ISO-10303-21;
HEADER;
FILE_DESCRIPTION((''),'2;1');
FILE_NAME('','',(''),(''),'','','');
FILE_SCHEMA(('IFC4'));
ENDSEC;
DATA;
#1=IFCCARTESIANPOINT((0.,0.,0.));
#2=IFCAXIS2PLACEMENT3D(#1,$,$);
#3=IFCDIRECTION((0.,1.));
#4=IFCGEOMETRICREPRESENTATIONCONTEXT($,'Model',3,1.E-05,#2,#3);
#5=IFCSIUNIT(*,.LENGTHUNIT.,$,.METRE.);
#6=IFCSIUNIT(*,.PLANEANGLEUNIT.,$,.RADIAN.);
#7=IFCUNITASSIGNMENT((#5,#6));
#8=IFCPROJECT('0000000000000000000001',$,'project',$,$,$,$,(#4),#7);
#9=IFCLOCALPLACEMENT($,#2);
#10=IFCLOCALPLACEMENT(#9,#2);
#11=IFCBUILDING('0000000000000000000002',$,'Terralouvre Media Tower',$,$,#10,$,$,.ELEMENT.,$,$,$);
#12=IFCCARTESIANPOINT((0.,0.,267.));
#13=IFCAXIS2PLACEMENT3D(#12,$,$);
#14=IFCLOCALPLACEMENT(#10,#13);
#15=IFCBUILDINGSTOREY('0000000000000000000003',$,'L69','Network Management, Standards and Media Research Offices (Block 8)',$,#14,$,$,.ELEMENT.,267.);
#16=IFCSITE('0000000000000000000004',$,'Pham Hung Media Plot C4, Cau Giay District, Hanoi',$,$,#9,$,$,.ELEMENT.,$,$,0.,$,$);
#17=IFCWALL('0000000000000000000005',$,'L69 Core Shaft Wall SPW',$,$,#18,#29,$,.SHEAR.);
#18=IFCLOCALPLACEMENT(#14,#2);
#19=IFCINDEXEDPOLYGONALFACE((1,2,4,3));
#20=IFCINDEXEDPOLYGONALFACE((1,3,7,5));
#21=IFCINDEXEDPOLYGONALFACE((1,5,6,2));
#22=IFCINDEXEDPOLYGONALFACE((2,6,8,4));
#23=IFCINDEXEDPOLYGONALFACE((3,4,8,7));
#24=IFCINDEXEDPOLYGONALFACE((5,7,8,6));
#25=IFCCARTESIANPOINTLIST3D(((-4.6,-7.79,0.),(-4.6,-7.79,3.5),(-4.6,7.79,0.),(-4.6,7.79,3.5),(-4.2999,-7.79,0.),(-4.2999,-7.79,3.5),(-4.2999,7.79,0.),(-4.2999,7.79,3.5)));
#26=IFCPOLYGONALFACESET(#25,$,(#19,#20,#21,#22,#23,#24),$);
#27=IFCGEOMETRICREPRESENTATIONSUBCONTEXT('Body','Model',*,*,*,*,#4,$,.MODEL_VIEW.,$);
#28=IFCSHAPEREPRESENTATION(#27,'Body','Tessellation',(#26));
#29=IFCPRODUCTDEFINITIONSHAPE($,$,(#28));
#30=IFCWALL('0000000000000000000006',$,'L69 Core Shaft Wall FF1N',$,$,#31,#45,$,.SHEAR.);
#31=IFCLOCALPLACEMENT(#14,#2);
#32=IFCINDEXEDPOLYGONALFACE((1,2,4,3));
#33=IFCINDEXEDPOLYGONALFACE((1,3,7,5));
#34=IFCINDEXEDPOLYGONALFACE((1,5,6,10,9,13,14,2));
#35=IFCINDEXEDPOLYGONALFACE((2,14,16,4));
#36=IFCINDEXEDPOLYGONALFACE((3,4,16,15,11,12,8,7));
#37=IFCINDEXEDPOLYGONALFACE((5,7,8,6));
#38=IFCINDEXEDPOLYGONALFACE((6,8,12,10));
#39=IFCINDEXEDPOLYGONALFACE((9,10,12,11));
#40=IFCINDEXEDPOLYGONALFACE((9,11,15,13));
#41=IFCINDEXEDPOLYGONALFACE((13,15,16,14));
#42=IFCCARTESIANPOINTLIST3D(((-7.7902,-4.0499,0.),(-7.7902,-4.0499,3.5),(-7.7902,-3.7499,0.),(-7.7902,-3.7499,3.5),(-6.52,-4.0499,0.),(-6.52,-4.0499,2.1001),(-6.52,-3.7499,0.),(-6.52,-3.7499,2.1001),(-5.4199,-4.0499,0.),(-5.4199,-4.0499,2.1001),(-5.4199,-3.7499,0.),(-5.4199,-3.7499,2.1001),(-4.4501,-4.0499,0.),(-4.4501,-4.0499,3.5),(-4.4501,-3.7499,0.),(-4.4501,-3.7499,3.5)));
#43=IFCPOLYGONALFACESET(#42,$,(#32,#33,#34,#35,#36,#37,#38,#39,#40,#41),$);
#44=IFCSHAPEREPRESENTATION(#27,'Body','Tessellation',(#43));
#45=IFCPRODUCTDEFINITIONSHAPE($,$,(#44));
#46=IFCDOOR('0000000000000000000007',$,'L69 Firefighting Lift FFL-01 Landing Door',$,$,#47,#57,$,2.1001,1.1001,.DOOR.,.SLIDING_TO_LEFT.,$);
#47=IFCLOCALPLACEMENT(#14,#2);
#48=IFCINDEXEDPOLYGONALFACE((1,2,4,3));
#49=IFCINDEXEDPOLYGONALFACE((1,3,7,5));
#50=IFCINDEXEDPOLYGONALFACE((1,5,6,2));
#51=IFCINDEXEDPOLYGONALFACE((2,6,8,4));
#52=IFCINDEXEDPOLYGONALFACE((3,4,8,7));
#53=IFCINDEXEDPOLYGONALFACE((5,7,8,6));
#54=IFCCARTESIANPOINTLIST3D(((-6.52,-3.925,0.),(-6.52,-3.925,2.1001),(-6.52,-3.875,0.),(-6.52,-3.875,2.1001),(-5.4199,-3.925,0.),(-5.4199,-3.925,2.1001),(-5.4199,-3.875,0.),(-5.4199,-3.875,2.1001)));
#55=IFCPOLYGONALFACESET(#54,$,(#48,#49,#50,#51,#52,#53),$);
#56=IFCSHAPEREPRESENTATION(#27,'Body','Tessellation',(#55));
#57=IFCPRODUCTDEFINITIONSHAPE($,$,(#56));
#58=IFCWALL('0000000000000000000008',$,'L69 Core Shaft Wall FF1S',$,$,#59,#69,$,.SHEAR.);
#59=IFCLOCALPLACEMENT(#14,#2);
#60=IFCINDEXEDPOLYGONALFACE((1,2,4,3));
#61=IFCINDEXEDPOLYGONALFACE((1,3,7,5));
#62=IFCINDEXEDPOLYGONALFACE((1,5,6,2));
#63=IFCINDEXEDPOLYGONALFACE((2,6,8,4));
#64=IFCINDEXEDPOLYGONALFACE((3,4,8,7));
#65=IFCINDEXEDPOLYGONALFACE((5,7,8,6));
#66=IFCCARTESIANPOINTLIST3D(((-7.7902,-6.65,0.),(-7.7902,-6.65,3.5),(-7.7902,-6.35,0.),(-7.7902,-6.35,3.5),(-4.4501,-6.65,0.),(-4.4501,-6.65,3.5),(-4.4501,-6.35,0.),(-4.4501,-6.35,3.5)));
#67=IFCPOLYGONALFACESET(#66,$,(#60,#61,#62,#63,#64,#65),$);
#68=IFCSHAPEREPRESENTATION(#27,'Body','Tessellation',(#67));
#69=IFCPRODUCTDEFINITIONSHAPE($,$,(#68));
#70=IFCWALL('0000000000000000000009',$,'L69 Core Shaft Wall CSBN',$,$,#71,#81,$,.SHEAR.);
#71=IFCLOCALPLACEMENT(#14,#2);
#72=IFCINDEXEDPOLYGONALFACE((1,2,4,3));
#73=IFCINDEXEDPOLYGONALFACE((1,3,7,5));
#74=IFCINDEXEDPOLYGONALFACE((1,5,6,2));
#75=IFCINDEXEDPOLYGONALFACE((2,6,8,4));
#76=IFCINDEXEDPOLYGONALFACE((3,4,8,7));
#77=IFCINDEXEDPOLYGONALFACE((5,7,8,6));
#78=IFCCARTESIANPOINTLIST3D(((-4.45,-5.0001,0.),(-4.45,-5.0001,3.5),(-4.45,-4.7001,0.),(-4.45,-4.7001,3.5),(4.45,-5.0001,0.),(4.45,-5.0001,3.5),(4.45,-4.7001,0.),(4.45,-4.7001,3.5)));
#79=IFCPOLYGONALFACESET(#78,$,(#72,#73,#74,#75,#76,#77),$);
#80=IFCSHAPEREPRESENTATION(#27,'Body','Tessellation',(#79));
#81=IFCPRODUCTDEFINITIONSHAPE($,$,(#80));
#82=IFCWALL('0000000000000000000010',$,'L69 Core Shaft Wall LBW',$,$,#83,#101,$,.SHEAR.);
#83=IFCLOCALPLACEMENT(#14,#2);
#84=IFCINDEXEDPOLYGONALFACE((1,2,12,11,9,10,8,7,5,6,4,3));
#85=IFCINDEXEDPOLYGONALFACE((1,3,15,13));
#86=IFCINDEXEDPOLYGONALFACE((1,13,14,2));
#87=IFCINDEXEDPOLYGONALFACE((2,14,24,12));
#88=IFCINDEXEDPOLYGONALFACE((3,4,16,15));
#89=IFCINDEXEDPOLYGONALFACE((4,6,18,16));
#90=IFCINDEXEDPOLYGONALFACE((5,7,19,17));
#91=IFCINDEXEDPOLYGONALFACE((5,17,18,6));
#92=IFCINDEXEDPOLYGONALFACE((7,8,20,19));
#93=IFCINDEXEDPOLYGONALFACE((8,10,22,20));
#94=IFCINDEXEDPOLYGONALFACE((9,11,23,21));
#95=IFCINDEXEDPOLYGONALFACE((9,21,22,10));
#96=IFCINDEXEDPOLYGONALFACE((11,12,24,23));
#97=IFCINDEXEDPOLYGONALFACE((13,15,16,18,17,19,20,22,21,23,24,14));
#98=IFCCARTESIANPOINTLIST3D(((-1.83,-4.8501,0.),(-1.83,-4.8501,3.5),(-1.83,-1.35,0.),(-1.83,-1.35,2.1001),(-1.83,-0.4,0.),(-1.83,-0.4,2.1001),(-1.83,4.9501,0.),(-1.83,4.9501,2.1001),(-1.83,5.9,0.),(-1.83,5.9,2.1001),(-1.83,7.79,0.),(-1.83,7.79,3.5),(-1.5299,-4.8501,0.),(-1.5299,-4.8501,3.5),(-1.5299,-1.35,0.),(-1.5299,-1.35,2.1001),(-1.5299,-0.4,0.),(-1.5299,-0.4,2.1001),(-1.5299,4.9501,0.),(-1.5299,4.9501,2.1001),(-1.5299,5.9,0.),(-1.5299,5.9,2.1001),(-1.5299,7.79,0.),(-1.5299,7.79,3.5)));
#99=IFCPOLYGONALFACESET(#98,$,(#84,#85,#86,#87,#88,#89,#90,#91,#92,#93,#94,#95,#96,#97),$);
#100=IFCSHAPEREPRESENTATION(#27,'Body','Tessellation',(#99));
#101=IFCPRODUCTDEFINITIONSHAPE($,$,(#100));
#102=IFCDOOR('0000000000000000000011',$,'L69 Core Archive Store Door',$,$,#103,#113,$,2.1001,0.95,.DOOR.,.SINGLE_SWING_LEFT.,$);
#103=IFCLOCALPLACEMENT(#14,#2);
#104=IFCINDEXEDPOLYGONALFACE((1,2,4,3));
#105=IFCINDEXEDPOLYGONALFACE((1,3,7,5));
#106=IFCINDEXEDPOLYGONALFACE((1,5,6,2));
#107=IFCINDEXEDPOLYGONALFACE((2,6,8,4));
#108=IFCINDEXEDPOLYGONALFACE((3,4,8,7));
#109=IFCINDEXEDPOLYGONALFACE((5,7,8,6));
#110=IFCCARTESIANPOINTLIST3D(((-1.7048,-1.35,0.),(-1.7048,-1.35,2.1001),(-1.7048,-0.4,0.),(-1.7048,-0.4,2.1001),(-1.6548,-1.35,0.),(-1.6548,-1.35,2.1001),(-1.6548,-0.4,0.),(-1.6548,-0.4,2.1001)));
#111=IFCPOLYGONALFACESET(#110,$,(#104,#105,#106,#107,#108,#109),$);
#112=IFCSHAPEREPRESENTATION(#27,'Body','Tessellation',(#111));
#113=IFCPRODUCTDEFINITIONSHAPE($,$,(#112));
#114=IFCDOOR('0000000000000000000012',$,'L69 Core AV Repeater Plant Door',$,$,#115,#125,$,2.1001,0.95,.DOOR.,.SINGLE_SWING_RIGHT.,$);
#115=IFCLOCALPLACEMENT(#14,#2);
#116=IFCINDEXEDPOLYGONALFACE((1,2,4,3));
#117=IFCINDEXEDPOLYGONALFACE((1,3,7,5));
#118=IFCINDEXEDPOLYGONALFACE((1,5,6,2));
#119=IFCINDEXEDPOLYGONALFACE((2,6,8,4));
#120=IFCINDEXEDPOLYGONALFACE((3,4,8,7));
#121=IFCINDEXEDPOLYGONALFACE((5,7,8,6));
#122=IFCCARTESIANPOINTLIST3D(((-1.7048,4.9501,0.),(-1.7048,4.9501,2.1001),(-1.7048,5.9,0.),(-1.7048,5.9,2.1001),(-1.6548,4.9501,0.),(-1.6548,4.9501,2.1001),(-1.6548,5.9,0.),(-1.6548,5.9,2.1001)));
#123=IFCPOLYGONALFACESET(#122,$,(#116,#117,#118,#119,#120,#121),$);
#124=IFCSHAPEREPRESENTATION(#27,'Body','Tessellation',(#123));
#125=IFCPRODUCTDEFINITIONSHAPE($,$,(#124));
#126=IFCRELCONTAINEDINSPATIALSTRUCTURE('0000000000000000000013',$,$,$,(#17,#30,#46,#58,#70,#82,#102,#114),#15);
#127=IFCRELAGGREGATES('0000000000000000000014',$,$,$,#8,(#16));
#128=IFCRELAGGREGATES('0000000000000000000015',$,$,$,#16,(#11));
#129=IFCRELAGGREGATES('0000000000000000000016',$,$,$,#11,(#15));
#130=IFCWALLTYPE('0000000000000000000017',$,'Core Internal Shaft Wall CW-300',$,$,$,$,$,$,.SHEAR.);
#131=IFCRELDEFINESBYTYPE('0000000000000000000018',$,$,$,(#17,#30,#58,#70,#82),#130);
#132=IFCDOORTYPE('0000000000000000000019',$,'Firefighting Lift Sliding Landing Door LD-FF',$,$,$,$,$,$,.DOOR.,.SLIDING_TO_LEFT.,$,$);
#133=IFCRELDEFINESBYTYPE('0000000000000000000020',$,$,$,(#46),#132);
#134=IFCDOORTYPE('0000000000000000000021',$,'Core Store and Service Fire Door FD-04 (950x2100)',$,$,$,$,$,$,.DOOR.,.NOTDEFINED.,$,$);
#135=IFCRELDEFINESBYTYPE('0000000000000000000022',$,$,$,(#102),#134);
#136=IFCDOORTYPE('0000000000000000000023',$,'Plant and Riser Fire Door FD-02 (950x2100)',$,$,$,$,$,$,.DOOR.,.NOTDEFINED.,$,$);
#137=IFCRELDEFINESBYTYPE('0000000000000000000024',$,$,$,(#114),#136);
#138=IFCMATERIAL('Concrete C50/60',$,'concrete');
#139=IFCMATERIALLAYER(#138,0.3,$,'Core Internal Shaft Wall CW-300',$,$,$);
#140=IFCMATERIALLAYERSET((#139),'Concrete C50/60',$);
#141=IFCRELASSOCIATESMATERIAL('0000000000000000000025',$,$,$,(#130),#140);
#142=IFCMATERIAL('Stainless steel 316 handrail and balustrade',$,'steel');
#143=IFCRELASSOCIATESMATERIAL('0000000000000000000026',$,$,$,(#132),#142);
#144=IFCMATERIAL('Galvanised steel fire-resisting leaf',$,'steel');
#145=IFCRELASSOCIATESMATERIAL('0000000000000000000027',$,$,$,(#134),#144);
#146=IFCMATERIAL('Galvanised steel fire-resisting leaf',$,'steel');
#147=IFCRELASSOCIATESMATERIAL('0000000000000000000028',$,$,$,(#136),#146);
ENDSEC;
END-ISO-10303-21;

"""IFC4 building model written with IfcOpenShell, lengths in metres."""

from ifc_helpers import new_model, si_unit, direction, frame, frame_2d, origin, place, context, subcontext, project, spatial, rectangle, extrude, material, layer, layer_set, type_object, element, fill, save


model = new_model("IFC4")

# Units and contexts
model_context = context("Model", 3, precision=1e-05, world=origin(), true_north=direction((0.0, 1.0)))
body_context = subcontext(model_context, "Body", "Model", "MODEL_VIEW")
ifc_project = project(units=[si_unit("LENGTHUNIT", "METRE"), si_unit("PLANEANGLEUNIT", "RADIAN")], contexts=[model_context])

# Site, building, storey
site_placement = place(None, origin())
site = spatial("IfcSite", under=ifc_project, at=site_placement, Name="Pham Hung Media Plot C4, Cau Giay District, Hanoi", CompositionType="ELEMENT", RefElevation=0.0)
building_placement = place(site_placement, origin())
building = spatial("IfcBuilding", under=site, at=building_placement, Name="Terralouvre Media Tower", CompositionType="ELEMENT")
storey_placement = place(building_placement, frame((0.0, 0.0, 267.0)))
storey = spatial("IfcBuildingStorey", under=building, at=storey_placement, Name="L69", Description="Network Management, Standards and Media Research Offices (Block 8)", CompositionType="ELEMENT", Elevation=267.0)

# Wall
ifc_material_1 = material(Name="Concrete C50/60", Category="concrete")
ifc_layer_1 = layer(ifc_material_1, 0.3, Name="Core Internal Shaft Wall CW-300")
ifc_layer_set_1 = layer_set([ifc_layer_1], Name="Concrete C50/60")
wall_type_1 = type_object("IfcWallType", Name="Core Internal Shaft Wall CW-300", PredefinedType="SHEAR", material=ifc_layer_set_1)
wall_1_placement = place(storey_placement, frame((-4.45, -7.79, 0.0), z_axis=(0.0, 0.0, 1.0), x_axis=(0.0, 1.0, 0.0)))
element("IfcWall", 1, at=wall_1_placement, inside=storey, type_object=wall_type_1, Name="L69 Core Shaft Wall SPW", PredefinedType="SHEAR", context=body_context, shape_type="SweptSolid", body=[
    extrude(rectangle(XDim=15.5801, YDim=0.3, at=frame_2d((7.79, 0.0))), origin(), (0.0, 0.0, 1.0), 3.5),
])

# Wall, opening, door
wall_2_placement = place(storey_placement, frame((-7.79, -3.8999, 0.0), z_axis=(0.0, 0.0, 1.0), x_axis=(1.0, 0.0, 0.0)))
wall_2 = element("IfcWall", 2, at=wall_2_placement, inside=storey, type_object=wall_type_1, Name="L69 Core Shaft Wall FF1N", PredefinedType="SHEAR", context=body_context, shape_type="SweptSolid", body=[
    extrude(rectangle(XDim=3.3401, YDim=0.3, at=frame_2d((1.6699, 0.0))), origin(), (0.0, 0.0, 1.0), 3.5),
])
opening_1_placement = place(wall_2_placement, frame((1.27, 0.0, 0.0)))
opening_1 = element("IfcOpeningElement", 3, at=opening_1_placement, cuts=wall_2, PredefinedType="OPENING", context=body_context, shape_type="SweptSolid", body=[
    extrude(rectangle(XDim=1.1001, YDim=2.1001, at=frame_2d((0.55, 1.05))), frame((0.0, 0.1599, 0.0), z_axis=(0.0, -1.0, 0.0), x_axis=(1.0, 0.0, 0.0)), (0.0, 0.0, 1.0), 0.3201),
])
ifc_material_2 = material(Name="Stainless steel 316 handrail and balustrade", Category="steel")
door_type_1 = type_object("IfcDoorType", Name="Firefighting Lift Sliding Landing Door LD-FF", OperationType="SLIDING_TO_LEFT", PredefinedType="DOOR", material=ifc_material_2)
door_1_placement = place(opening_1_placement, origin())
door_1 = element("IfcDoor", 4, at=door_1_placement, inside=storey, type_object=door_type_1, Name="L69 Firefighting Lift FFL-01 Landing Door", OperationType="SLIDING_TO_LEFT", OverallHeight=2.1001, OverallWidth=1.1001, PredefinedType="DOOR", context=body_context, shape_type="SweptSolid", body=[
    extrude(rectangle(XDim=1.1001, YDim=2.1001, at=frame_2d((0.55, 1.05))), frame((0.0, 0.0249, 0.0), z_axis=(0.0, -1.0, 0.0), x_axis=(1.0, 0.0, 0.0)), (0.0, 0.0, 1.0), 0.05),
])
fill(opening_1, door_1)

# Walls
wall_3_placement = place(storey_placement, frame((-7.79, -6.5, 0.0), z_axis=(0.0, 0.0, 1.0), x_axis=(1.0, 0.0, 0.0)))
element("IfcWall", 5, at=wall_3_placement, inside=storey, type_object=wall_type_1, Name="L69 Core Shaft Wall FF1S", PredefinedType="SHEAR", context=body_context, shape_type="SweptSolid", body=[
    extrude(rectangle(XDim=3.3401, YDim=0.3, at=frame_2d((1.6699, 0.0))), origin(), (0.0, 0.0, 1.0), 3.5),
])
wall_4_placement = place(storey_placement, frame((-4.45, -4.8501, 0.0), z_axis=(0.0, 0.0, 1.0), x_axis=(1.0, 0.0, 0.0)))
element("IfcWall", 6, at=wall_4_placement, inside=storey, type_object=wall_type_1, Name="L69 Core Shaft Wall CSBN", PredefinedType="SHEAR", context=body_context, shape_type="SweptSolid", body=[
    extrude(rectangle(XDim=8.8999, YDim=0.3, at=frame_2d((4.45, 0.0))), origin(), (0.0, 0.0, 1.0), 3.5),
])

# Wall, openings, doors
wall_5_placement = place(storey_placement, frame((-1.6799, -4.8501, 0.0), z_axis=(0.0, 0.0, 1.0), x_axis=(0.0, 1.0, 0.0)))
wall_5 = element("IfcWall", 7, at=wall_5_placement, inside=storey, type_object=wall_type_1, Name="L69 Core Shaft Wall LBW", PredefinedType="SHEAR", context=body_context, shape_type="SweptSolid", body=[
    extrude(rectangle(XDim=12.6401, YDim=0.3, at=frame_2d((6.3201, 0.0))), origin(), (0.0, 0.0, 1.0), 3.5),
])
opening_2_placement = place(wall_5_placement, frame((3.5, 0.0, 0.0)))
opening_2 = element("IfcOpeningElement", 8, at=opening_2_placement, cuts=wall_5, PredefinedType="OPENING", context=body_context, shape_type="SweptSolid", body=[
    extrude(rectangle(XDim=0.95, YDim=2.1001, at=frame_2d((0.4751, 1.05))), frame((0.0, 0.1599, 0.0), z_axis=(0.0, -1.0, 0.0), x_axis=(1.0, 0.0, 0.0)), (0.0, 0.0, 1.0), 0.3201),
])
opening_3_placement = place(wall_5_placement, frame((9.8, 0.0, 0.0)))
opening_3 = element("IfcOpeningElement", 9, at=opening_3_placement, cuts=wall_5, PredefinedType="OPENING", context=body_context, shape_type="SweptSolid", body=[
    extrude(rectangle(XDim=0.95, YDim=2.1001, at=frame_2d((0.4751, 1.05))), frame((0.0, 0.1599, 0.0), z_axis=(0.0, -1.0, 0.0), x_axis=(1.0, 0.0, 0.0)), (0.0, 0.0, 1.0), 0.3201),
])
ifc_material_3 = material(Name="Galvanised steel fire-resisting leaf", Category="steel")
door_type_2 = type_object("IfcDoorType", Name="Core Store and Service Fire Door FD-04 (950x2100)", OperationType="NOTDEFINED", PredefinedType="DOOR", material=ifc_material_3)
door_2_placement = place(opening_2_placement, origin())
door_2 = element("IfcDoor", 10, at=door_2_placement, inside=storey, type_object=door_type_2, Name="L69 Core Archive Store Door", OperationType="SINGLE_SWING_LEFT", OverallHeight=2.1001, OverallWidth=0.95, PredefinedType="DOOR", context=body_context, shape_type="SweptSolid", body=[
    extrude(rectangle(XDim=0.95, YDim=2.1001, at=frame_2d((0.4751, 1.05))), frame((0.0, 0.0249, 0.0), z_axis=(0.0, -1.0, 0.0), x_axis=(1.0, 0.0, 0.0)), (0.0, 0.0, 1.0), 0.05),
])
fill(opening_2, door_2)
ifc_material_4 = material(Name="Galvanised steel fire-resisting leaf", Category="steel")
door_type_3 = type_object("IfcDoorType", Name="Plant and Riser Fire Door FD-02 (950x2100)", OperationType="NOTDEFINED", PredefinedType="DOOR", material=ifc_material_4)
door_3_placement = place(opening_3_placement, origin())
door_3 = element("IfcDoor", 11, at=door_3_placement, inside=storey, type_object=door_type_3, Name="L69 Core AV Repeater Plant Door", OperationType="SINGLE_SWING_RIGHT", OverallHeight=2.1001, OverallWidth=0.95, PredefinedType="DOOR", context=body_context, shape_type="SweptSolid", body=[
    extrude(rectangle(XDim=0.95, YDim=2.1001, at=frame_2d((0.4751, 1.05))), frame((0.0, 0.0249, 0.0), z_axis=(0.0, -1.0, 0.0), x_axis=(1.0, 0.0, 0.0)), (0.0, 0.0, 1.0), 0.05),
])
fill(opening_3, door_3)

save(model, "model.ifc")
